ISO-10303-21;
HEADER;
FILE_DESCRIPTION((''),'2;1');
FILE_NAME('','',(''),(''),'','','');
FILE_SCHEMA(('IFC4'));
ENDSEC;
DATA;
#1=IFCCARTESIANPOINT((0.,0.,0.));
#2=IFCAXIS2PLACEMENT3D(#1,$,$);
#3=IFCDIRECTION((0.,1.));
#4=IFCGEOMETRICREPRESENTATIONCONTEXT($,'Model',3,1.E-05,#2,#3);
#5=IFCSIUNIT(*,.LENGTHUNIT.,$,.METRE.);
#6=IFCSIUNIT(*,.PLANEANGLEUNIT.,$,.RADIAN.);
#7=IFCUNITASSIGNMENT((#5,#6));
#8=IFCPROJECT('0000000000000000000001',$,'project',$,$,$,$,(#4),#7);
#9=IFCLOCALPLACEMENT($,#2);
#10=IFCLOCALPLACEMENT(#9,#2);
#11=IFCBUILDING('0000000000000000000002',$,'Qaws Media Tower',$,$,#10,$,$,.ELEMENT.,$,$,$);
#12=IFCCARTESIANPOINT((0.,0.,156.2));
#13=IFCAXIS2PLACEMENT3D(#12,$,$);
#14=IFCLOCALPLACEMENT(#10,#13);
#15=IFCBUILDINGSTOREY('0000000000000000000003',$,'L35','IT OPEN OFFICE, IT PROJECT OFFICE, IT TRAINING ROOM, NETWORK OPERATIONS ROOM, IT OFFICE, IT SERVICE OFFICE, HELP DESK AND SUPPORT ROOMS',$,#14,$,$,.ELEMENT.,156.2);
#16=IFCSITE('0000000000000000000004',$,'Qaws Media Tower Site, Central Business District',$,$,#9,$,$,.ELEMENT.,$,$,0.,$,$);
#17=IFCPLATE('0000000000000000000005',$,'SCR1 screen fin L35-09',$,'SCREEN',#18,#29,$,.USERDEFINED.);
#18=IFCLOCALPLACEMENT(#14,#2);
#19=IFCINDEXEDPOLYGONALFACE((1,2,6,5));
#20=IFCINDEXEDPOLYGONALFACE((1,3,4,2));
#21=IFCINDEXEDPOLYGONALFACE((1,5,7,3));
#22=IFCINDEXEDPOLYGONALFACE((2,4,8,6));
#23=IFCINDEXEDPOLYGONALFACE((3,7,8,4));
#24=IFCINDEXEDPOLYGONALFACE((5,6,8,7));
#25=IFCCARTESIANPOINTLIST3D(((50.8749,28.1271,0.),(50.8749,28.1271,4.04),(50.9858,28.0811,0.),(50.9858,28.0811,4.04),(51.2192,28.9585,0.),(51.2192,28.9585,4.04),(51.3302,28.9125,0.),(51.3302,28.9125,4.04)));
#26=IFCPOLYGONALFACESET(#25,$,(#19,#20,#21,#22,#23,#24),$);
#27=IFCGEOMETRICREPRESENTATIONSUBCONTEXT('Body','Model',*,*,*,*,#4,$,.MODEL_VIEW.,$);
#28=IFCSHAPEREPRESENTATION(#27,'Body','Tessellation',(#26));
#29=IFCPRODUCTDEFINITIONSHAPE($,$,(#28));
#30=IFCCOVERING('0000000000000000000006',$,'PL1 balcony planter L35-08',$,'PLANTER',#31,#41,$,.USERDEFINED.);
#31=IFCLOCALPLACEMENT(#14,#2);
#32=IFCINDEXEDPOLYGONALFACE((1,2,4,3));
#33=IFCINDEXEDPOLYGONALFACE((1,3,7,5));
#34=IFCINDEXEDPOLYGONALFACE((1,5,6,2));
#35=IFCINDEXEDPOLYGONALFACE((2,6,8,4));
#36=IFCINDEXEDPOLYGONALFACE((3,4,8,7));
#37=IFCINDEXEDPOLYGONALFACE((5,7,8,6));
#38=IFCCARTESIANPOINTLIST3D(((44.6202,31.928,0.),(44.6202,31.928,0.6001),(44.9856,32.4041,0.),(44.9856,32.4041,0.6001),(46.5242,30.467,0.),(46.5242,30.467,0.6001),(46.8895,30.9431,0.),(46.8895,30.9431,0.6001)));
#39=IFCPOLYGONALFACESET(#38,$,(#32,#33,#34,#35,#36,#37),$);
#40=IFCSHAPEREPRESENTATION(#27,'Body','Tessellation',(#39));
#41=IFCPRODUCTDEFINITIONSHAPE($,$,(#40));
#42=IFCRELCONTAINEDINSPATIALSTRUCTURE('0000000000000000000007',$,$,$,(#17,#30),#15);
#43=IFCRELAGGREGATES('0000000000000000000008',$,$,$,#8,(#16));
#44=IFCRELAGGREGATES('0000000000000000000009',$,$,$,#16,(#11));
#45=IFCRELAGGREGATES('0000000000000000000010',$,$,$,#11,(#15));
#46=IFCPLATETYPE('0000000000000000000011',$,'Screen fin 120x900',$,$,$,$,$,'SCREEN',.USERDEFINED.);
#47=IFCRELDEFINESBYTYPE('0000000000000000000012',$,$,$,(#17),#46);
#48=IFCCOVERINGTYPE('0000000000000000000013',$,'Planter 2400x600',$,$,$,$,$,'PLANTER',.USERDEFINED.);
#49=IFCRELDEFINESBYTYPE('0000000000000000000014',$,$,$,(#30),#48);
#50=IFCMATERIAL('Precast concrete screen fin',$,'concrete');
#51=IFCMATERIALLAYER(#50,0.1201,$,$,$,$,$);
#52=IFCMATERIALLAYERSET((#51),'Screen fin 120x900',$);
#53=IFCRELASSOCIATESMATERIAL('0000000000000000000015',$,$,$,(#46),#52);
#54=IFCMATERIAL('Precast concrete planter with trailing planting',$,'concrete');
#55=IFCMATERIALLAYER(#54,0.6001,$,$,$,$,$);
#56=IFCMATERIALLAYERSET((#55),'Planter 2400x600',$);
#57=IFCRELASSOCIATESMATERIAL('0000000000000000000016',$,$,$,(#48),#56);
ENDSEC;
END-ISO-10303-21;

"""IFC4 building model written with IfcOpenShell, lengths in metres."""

from ifc_helpers import new_model, si_unit, direction, frame, origin, origin_2d, place, context, subcontext, project, spatial, rectangle, extrude, material, layer, layer_set, type_object, element, save


model = new_model("IFC4")

# Units and contexts
model_context = context("Model", 3, precision=1e-05, world=origin(), true_north=direction((0.0, 1.0)))
body_context = subcontext(model_context, "Body", "Model", "MODEL_VIEW")
ifc_project = project(units=[si_unit("LENGTHUNIT", "METRE"), si_unit("PLANEANGLEUNIT", "RADIAN")], contexts=[model_context])

# Site, building, storey
site_placement = place(None, origin())
site = spatial("IfcSite", under=ifc_project, at=site_placement, Name="Qaws Media Tower Site, Central Business District", CompositionType="ELEMENT", RefElevation=0.0)
building_placement = place(site_placement, origin())
building = spatial("IfcBuilding", under=site, at=building_placement, Name="Qaws Media Tower", CompositionType="ELEMENT")
storey_placement = place(building_placement, frame((0.0, 0.0, 156.2)))
storey = spatial("IfcBuildingStorey", under=building, at=storey_placement, Name="L35", Description="IT OPEN OFFICE, IT PROJECT OFFICE, IT TRAINING ROOM, NETWORK OPERATIONS ROOM, IT OFFICE, IT SERVICE OFFICE, HELP DESK AND SUPPORT ROOMS", CompositionType="ELEMENT", Elevation=156.2)

# Plate
ifc_material_1 = material(Name="Precast concrete screen fin", Category="concrete")
ifc_layer_1 = layer(ifc_material_1, 0.1201)
ifc_layer_set_1 = layer_set([ifc_layer_1], Name="Screen fin 120x900")
plate_type_1 = type_object("IfcPlateType", Name="Screen fin 120x900", ElementType="SCREEN", PredefinedType="USERDEFINED", material=ifc_layer_set_1)
plate_1_placement = place(storey_placement, frame((51.1025, 28.5198, 0.0), z_axis=(0.0, 0.0, 1.0), x_axis=(-0.382683, -0.92388, 0.0)))
element("IfcPlate", 1, at=plate_1_placement, inside=storey, type_object=plate_type_1, Name="SCR1 screen fin L35-09", ObjectType="SCREEN", PredefinedType="USERDEFINED", context=body_context, shape_type="SweptSolid", body=[
    extrude(rectangle(XDim=0.8999, YDim=0.1201, at=origin_2d()), origin(), (0.0, 0.0, 1.0), 4.04),
])

# Covering
ifc_material_2 = material(Name="Precast concrete planter with trailing planting", Category="concrete")
ifc_layer_2 = layer(ifc_material_2, 0.6001)
ifc_layer_set_2 = layer_set([ifc_layer_2], Name="Planter 2400x600")
covering_type = type_object("IfcCoveringType", Name="Planter 2400x600", ElementType="PLANTER", PredefinedType="USERDEFINED", material=ifc_layer_set_2)
covering_placement = place(storey_placement, frame((45.7549, 31.4355, 0.0), z_axis=(0.0, 0.0, 1.0), x_axis=(0.793353, -0.608761, 0.0)))
element("IfcCovering", 2, at=covering_placement, inside=storey, type_object=covering_type, Name="PL1 balcony planter L35-08", ObjectType="PLANTER", PredefinedType="USERDEFINED", context=body_context, shape_type="SweptSolid", body=[
    extrude(rectangle(XDim=2.3999, YDim=0.6001, at=origin_2d()), origin(), (0.0, 0.0, 1.0), 0.6001),
])

save(model, "model.ifc")
